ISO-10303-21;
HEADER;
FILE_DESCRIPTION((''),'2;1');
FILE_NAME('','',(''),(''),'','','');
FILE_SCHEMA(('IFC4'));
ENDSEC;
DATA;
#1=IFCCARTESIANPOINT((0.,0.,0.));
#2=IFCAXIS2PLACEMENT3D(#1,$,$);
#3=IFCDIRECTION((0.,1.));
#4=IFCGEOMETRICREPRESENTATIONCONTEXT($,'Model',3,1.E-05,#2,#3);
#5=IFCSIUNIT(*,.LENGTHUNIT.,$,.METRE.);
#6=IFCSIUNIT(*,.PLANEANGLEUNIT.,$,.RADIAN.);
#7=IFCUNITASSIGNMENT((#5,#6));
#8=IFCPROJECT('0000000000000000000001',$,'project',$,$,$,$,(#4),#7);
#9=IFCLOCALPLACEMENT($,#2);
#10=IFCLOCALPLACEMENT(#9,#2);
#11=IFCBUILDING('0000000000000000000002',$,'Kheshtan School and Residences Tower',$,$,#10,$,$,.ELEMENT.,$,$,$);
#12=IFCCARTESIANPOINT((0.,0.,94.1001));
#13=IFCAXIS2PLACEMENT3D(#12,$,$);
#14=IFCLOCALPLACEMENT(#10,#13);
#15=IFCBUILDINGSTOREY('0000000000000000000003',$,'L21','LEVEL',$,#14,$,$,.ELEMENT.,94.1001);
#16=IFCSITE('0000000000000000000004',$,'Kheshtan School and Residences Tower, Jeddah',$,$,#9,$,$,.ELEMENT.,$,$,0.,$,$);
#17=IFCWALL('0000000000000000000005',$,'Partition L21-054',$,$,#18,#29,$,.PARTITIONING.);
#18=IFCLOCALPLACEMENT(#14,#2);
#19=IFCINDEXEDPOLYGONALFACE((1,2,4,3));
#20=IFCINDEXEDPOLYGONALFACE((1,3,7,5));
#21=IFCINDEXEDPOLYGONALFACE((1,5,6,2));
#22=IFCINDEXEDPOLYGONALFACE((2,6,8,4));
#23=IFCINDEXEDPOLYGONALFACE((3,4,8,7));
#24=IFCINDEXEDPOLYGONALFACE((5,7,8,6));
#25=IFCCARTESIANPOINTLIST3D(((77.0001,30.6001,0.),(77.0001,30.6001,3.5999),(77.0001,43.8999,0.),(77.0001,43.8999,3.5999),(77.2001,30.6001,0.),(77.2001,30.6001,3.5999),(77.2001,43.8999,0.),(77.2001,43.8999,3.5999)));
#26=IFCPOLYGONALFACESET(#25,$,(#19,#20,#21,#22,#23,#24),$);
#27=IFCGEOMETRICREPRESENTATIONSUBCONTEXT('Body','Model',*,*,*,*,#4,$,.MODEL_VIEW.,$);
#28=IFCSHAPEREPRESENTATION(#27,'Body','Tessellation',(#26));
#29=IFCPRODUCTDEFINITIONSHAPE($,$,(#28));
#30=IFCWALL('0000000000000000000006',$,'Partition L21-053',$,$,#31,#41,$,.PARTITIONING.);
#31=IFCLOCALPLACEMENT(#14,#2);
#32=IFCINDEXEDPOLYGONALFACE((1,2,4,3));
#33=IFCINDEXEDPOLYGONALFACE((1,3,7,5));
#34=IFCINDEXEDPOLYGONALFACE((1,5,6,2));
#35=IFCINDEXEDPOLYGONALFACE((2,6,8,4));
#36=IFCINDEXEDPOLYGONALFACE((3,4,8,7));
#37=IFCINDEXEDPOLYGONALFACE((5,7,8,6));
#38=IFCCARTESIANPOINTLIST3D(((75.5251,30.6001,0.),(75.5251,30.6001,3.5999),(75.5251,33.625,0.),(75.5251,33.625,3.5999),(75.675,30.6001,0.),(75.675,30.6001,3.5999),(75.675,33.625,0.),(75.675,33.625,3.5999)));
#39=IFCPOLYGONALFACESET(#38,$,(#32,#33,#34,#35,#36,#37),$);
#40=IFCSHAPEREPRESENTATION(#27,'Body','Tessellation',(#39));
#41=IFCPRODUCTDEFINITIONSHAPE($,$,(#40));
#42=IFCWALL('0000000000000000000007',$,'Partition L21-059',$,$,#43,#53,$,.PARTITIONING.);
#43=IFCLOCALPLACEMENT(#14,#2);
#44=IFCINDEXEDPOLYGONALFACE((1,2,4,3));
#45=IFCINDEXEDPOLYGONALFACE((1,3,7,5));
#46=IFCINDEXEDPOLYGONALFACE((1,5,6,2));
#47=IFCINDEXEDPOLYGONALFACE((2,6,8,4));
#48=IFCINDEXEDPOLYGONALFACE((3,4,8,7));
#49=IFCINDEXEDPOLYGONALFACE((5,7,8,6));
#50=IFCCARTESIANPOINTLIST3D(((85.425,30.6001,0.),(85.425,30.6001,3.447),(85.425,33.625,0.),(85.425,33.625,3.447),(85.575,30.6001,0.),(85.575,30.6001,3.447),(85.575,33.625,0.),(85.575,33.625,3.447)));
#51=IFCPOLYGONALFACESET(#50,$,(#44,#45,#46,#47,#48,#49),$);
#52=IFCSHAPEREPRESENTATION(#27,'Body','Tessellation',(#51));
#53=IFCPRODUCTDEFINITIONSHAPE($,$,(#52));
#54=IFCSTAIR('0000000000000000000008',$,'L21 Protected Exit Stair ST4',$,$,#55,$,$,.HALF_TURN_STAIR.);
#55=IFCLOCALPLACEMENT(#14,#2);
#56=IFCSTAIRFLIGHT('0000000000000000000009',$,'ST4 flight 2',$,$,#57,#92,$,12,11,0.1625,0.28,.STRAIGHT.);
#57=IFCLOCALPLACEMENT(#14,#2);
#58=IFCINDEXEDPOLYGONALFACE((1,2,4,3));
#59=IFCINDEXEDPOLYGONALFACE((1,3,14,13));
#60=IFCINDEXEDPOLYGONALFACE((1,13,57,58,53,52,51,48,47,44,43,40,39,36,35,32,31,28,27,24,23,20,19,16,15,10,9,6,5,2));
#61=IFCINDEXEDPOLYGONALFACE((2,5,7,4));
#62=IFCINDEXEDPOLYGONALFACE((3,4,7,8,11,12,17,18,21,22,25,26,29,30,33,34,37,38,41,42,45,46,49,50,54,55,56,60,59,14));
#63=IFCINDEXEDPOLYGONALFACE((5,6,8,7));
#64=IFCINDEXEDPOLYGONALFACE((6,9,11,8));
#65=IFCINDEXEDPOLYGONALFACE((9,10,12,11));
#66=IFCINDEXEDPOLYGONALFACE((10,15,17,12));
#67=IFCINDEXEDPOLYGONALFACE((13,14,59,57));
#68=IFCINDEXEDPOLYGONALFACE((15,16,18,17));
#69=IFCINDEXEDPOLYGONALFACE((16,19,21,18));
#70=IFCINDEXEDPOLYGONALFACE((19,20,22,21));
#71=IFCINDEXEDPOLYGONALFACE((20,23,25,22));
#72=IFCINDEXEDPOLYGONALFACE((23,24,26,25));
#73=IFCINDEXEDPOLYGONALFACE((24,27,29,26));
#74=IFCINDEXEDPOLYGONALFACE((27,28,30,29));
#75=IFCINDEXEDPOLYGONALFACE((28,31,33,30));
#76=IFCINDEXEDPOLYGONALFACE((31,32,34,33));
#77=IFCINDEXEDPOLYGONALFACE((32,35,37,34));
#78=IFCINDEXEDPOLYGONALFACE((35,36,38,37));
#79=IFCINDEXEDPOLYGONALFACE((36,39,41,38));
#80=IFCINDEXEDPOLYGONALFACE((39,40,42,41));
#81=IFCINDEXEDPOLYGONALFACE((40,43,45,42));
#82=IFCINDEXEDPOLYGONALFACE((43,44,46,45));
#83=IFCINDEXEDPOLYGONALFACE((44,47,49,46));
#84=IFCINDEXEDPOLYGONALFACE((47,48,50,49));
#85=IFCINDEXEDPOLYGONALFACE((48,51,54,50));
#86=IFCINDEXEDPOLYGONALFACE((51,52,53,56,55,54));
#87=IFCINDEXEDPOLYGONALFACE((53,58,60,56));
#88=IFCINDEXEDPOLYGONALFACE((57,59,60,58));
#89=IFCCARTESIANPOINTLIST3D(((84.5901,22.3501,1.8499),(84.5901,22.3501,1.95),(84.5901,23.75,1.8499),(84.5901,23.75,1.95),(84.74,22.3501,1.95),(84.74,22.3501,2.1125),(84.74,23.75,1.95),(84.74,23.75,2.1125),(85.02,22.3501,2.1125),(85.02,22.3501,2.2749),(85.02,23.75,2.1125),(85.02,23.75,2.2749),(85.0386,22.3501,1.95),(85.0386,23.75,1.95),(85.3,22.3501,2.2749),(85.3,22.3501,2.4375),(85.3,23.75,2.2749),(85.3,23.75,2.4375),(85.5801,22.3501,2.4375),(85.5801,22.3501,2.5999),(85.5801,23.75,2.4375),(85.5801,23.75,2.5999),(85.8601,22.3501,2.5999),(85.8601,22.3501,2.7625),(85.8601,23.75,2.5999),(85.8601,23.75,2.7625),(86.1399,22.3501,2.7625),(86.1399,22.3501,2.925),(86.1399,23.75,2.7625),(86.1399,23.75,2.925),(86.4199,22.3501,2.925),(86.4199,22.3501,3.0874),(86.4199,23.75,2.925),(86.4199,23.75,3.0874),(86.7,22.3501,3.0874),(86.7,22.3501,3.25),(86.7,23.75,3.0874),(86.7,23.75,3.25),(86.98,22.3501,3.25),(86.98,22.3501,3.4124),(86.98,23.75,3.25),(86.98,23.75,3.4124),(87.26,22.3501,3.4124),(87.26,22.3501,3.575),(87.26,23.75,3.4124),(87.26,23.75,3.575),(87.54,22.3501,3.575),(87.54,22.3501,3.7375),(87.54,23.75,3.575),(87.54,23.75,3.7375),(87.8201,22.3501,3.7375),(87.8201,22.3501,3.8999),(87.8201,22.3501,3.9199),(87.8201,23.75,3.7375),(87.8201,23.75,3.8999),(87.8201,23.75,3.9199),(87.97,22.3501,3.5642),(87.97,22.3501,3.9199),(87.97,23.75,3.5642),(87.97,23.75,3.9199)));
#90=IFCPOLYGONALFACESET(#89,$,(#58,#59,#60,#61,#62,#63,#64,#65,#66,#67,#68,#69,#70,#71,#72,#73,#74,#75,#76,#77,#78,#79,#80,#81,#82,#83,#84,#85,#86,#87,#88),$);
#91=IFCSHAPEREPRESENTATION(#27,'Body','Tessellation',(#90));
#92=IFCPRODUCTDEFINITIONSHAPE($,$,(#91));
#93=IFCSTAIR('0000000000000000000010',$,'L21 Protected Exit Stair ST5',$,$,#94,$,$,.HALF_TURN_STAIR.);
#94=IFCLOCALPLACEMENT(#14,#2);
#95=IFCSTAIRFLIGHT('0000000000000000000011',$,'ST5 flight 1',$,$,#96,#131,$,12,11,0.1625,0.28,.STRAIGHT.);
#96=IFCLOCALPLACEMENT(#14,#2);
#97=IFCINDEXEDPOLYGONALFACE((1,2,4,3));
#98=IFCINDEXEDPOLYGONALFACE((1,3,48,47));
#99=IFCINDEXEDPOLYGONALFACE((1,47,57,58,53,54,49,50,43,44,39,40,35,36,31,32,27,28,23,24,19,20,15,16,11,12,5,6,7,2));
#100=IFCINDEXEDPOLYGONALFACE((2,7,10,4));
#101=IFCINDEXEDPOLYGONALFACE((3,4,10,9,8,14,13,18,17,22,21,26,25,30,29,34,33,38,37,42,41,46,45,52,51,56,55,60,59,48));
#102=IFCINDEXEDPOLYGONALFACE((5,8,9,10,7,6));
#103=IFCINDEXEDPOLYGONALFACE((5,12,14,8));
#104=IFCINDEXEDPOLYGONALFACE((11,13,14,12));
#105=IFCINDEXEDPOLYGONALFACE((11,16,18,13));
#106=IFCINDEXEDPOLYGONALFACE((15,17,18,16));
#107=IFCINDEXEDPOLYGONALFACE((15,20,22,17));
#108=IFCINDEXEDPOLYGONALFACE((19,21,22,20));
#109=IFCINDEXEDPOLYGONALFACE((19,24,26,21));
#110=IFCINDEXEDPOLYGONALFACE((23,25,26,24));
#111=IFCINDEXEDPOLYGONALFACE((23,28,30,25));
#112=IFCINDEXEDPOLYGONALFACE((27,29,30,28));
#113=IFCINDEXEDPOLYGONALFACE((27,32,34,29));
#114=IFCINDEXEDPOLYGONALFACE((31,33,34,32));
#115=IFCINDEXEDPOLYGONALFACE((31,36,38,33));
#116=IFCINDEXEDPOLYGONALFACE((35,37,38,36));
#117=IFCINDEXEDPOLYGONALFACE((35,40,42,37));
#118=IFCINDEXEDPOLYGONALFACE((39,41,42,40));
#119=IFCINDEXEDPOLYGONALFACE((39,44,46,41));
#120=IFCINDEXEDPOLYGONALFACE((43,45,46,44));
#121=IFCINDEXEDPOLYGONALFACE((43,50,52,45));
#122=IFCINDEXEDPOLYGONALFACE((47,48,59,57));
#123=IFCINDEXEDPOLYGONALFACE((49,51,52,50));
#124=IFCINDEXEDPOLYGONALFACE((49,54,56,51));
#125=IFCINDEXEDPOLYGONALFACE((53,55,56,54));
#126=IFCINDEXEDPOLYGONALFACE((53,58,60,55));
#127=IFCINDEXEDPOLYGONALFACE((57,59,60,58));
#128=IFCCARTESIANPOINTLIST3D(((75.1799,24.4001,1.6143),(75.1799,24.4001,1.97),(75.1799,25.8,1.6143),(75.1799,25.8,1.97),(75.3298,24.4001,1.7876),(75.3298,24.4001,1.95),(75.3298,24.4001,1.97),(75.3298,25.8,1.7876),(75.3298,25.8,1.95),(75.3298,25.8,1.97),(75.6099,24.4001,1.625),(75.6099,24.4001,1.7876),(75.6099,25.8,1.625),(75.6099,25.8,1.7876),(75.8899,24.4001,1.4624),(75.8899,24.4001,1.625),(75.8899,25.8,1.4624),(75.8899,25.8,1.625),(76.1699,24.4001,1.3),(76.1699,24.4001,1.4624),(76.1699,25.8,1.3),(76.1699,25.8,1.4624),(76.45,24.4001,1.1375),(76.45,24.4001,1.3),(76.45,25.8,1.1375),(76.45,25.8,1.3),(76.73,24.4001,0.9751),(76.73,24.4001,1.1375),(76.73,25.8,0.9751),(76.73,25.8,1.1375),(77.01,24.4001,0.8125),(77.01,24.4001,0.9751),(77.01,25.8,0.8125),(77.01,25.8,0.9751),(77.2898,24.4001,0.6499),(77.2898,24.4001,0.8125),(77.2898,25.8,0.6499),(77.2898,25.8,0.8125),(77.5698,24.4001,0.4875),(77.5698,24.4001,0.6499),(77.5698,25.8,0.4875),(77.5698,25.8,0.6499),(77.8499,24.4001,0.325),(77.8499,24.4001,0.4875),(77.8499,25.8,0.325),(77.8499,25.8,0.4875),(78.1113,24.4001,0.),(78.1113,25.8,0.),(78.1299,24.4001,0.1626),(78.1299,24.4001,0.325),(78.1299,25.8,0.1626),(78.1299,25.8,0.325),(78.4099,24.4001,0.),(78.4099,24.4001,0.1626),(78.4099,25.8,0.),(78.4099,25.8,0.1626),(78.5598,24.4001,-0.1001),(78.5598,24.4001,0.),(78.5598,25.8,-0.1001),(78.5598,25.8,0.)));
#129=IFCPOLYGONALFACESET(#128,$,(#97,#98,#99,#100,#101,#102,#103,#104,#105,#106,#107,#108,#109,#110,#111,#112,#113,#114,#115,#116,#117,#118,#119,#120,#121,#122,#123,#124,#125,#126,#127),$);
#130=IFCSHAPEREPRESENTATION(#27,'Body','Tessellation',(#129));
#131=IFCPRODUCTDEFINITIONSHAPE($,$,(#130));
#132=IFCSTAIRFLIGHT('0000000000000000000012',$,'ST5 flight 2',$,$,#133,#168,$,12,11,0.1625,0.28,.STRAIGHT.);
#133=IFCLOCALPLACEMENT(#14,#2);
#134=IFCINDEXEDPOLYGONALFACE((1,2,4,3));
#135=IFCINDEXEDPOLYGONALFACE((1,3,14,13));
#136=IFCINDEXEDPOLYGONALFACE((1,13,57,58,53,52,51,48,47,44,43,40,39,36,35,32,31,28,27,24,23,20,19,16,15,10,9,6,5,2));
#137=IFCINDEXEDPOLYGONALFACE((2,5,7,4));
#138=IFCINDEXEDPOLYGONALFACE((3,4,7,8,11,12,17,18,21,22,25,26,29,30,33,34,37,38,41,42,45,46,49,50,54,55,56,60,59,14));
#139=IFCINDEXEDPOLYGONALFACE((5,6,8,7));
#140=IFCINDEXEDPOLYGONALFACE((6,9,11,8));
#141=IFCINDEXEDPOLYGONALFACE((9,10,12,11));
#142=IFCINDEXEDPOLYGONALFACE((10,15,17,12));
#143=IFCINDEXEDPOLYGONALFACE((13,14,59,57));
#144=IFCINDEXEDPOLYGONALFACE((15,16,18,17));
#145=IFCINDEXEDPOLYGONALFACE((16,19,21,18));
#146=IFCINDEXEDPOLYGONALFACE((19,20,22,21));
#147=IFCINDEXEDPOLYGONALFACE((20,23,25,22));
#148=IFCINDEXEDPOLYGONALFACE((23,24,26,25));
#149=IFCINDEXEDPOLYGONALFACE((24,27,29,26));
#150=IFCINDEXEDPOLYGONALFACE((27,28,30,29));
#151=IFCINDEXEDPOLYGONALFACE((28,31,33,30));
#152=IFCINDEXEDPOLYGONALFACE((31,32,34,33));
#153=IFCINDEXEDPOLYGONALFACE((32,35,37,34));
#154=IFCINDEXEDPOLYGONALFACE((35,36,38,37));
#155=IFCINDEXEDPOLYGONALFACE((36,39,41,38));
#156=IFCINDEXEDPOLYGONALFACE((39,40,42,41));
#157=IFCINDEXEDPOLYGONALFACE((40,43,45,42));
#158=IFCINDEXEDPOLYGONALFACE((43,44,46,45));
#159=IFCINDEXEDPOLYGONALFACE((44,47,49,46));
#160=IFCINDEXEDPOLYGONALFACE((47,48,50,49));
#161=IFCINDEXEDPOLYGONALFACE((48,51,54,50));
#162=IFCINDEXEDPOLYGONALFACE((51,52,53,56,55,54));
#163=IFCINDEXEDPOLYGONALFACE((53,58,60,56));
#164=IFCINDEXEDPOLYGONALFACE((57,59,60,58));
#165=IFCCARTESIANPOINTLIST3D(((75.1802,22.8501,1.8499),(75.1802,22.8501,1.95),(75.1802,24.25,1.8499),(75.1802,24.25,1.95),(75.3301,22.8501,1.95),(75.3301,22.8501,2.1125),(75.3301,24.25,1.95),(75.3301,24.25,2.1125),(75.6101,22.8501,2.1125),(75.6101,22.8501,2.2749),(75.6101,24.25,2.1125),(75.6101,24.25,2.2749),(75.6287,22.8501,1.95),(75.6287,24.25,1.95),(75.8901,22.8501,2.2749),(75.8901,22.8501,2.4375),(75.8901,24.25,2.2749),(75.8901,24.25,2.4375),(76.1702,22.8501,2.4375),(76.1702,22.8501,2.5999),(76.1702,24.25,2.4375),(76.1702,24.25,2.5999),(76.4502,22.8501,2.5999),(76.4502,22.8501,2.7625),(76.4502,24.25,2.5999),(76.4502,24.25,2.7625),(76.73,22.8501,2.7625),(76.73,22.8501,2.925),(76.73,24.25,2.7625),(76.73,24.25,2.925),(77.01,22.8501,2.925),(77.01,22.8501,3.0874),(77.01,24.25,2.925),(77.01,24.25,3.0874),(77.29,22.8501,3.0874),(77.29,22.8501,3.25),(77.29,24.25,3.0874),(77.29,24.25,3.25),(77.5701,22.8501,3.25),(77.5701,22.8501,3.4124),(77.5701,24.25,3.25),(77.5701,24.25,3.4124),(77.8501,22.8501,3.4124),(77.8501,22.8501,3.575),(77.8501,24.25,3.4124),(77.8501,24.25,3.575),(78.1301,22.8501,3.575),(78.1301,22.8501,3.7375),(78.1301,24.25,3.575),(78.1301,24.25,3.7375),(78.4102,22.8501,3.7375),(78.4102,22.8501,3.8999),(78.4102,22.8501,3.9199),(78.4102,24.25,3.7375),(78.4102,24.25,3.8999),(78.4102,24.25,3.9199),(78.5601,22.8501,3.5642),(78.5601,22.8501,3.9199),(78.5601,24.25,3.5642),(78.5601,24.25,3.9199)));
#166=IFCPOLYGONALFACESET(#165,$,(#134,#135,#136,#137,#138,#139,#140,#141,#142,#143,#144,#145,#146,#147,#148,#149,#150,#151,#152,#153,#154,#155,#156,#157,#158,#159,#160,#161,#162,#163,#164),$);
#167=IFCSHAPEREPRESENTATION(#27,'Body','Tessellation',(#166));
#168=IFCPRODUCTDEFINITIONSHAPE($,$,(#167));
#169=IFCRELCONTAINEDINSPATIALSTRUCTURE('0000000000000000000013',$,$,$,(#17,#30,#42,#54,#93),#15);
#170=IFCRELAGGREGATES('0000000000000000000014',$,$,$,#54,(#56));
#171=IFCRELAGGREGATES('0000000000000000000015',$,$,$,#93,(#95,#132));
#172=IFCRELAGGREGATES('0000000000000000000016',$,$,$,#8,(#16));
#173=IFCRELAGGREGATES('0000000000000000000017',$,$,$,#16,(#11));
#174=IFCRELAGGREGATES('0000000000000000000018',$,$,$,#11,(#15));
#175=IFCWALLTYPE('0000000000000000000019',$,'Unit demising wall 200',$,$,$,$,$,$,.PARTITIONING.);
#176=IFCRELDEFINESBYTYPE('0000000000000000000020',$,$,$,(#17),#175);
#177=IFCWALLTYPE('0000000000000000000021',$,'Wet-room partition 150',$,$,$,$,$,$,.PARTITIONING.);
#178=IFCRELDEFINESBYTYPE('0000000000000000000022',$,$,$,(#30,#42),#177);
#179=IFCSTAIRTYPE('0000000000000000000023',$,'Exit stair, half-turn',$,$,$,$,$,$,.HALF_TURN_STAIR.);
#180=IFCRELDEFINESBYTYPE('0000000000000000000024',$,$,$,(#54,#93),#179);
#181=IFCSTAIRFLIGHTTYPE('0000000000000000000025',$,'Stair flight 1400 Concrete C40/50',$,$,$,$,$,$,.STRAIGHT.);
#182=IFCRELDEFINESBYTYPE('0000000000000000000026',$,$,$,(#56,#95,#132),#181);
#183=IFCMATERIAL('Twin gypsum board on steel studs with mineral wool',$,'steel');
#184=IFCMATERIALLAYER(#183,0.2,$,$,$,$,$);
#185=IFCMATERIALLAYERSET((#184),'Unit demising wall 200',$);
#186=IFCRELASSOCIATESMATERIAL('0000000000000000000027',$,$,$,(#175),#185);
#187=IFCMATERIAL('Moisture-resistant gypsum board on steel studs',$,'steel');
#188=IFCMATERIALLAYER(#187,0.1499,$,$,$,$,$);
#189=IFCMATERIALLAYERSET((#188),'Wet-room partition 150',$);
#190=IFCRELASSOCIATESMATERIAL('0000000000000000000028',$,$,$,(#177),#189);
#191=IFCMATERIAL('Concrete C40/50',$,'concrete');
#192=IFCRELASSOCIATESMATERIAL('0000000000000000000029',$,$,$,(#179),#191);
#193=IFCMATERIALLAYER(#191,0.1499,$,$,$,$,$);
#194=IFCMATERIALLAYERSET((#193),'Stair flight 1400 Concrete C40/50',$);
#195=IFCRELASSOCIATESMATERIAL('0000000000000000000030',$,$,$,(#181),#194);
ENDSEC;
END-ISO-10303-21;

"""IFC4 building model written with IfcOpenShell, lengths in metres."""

from ifc_helpers import new_model, si_unit, direction, frame, frame_2d, origin, place, context, subcontext, project, spatial, polyline, rectangle, outline, extrude, material, layer, layer_set, type_object, element, aggregate, save


model = new_model("IFC4")

# Units and contexts
model_context = context("Model", 3, precision=1e-05, world=origin(), true_north=direction((0.0, 1.0)))
body_context = subcontext(model_context, "Body", "Model", "MODEL_VIEW")
ifc_project = project(units=[si_unit("LENGTHUNIT", "METRE"), si_unit("PLANEANGLEUNIT", "RADIAN")], contexts=[model_context])

# Site, building, storey
site_placement = place(None, origin())
site = spatial("IfcSite", under=ifc_project, at=site_placement, Name="Kheshtan School and Residences Tower, Jeddah", CompositionType="ELEMENT", RefElevation=0.0)
building_placement = place(site_placement, origin())
building = spatial("IfcBuilding", under=site, at=building_placement, Name="Kheshtan School and Residences Tower", CompositionType="ELEMENT")
storey_placement = place(building_placement, frame((0.0, 0.0, 94.1001)))
storey = spatial("IfcBuildingStorey", under=building, at=storey_placement, Name="L21", Description="LEVEL", CompositionType="ELEMENT", Elevation=94.1001)

# Shared definitions
ifc_material_1 = material(Name="Concrete C40/50", Category="concrete")

# Walls
ifc_material_2 = material(Name="Twin gypsum board on steel studs with mineral wool", Category="steel")
ifc_layer_1 = layer(ifc_material_2, 0.2)
ifc_layer_set_1 = layer_set([ifc_layer_1], Name="Unit demising wall 200")
wall_type_1 = type_object("IfcWallType", Name="Unit demising wall 200", PredefinedType="PARTITIONING", material=ifc_layer_set_1)
wall_1_placement = place(storey_placement, frame((77.1001, 30.6001, 0.0), z_axis=(0.0, 0.0, 1.0), x_axis=(0.0, 1.0, 0.0)))
element("IfcWall", 1, at=wall_1_placement, inside=storey, type_object=wall_type_1, Name="Partition L21-054", PredefinedType="PARTITIONING", context=body_context, shape_type="SweptSolid", body=[
    extrude(rectangle(XDim=13.2998, YDim=0.2, at=frame_2d((6.6499, 0.0))), origin(), (0.0, 0.0, 1.0), 3.5999),
])
ifc_material_3 = material(Name="Moisture-resistant gypsum board on steel studs", Category="steel")
ifc_layer_2 = layer(ifc_material_3, 0.1499)
ifc_layer_set_2 = layer_set([ifc_layer_2], Name="Wet-room partition 150")
wall_type_2 = type_object("IfcWallType", Name="Wet-room partition 150", PredefinedType="PARTITIONING", material=ifc_layer_set_2)
wall_2_placement = place(storey_placement, frame((75.6001, 30.6001, 0.0), z_axis=(0.0, 0.0, 1.0), x_axis=(0.0, 1.0, 0.0)))
element("IfcWall", 2, at=wall_2_placement, inside=storey, type_object=wall_type_2, Name="Partition L21-053", PredefinedType="PARTITIONING", context=body_context, shape_type="SweptSolid", body=[
    extrude(rectangle(XDim=3.0249, YDim=0.1499, at=frame_2d((1.5125, 0.0))), origin(), (0.0, 0.0, 1.0), 3.5999),
])
wall_3_placement = place(storey_placement, frame((85.5, 30.6001, 0.0), z_axis=(0.0, 0.0, 1.0), x_axis=(0.0, 1.0, 0.0)))
element("IfcWall", 3, at=wall_3_placement, inside=storey, type_object=wall_type_2, Name="Partition L21-059", PredefinedType="PARTITIONING", context=body_context, shape_type="SweptSolid", body=[
    extrude(rectangle(XDim=3.0249, YDim=0.1499, at=frame_2d((1.5125, 0.0))), origin(), (0.0, 0.0, 1.0), 3.447),
])

# Stair, stair flight
stair_type = type_object("IfcStairType", Name="Exit stair, half-turn", PredefinedType="HALF_TURN_STAIR", material=ifc_material_1)
stair_1_placement = place(storey_placement, origin())
stair_1 = element("IfcStair", 4, at=stair_1_placement, inside=storey, type_object=stair_type, Name="L21 Protected Exit Stair ST4", PredefinedType="HALF_TURN_STAIR")
ifc_layer_3 = layer(ifc_material_1, 0.1499)
ifc_layer_set_3 = layer_set([ifc_layer_3], Name="Stair flight 1400 Concrete C40/50")
stair_flight_type = type_object("IfcStairFlightType", Name="Stair flight 1400 Concrete C40/50", PredefinedType="STRAIGHT", material=ifc_layer_set_3)
stair_flight_1_placement = place(storey_placement, frame((84.74, 23.05, 1.95), z_axis=(0.0, 0.0, 1.0), x_axis=(1.0, 0.0, 0.0)))
stair_flight_1 = element("IfcStairFlight", 5, at=stair_flight_1_placement, type_object=stair_flight_type, Name="ST4 flight 2", NumberOfRisers=12, NumberOfTreads=11, PredefinedType="STRAIGHT", RiserHeight=0.1625, TreadLength=0.28, context=body_context, shape_type="SweptSolid", body=[
    extrude(outline(polyline([(-0.1499, -0.1001), (-0.1499, 0.0), (0.0, 0.0), (0.0, 0.1626), (0.28, 0.1626), (0.28, 0.325), (0.5601, 0.325), (0.5601, 0.4875), (0.8401, 0.4875), (0.8401, 0.6499), (1.1201, 0.6499), (1.1201, 0.8125), (1.3999, 0.8125), (1.3999, 0.9751), (1.6799, 0.9751), (1.6799, 1.1375), (1.96, 1.1375), (1.96, 1.3), (2.24, 1.3), (2.24, 1.4624), (2.52, 1.4624), (2.52, 1.625), (2.8, 1.625), (2.8, 1.7876), (3.0801, 1.7876), (3.0801, 1.95), (3.0801, 1.97), (3.23, 1.97), (3.23, 1.6143), (0.2986, 0.0), (-0.1499, -0.1001)])), frame((0.0, 0.7, 0.0), z_axis=(0.0, -1.0, 0.0), x_axis=(1.0, 0.0, 0.0)), (0.0, 0.0, 1.0), 1.3999),
])
aggregate(stair_1, [stair_flight_1])

# Stair, stair flights
stair_2_placement = place(storey_placement, origin())
stair_2 = element("IfcStair", 6, at=stair_2_placement, inside=storey, type_object=stair_type, Name="L21 Protected Exit Stair ST5", PredefinedType="HALF_TURN_STAIR")
stair_flight_2_placement = place(storey_placement, frame((78.4099, 25.1001, 0.0), z_axis=(0.0, 0.0, 1.0), x_axis=(-1.0, 0.0, 0.0)))
stair_flight_2 = element("IfcStairFlight", 7, at=stair_flight_2_placement, type_object=stair_flight_type, Name="ST5 flight 1", NumberOfRisers=12, NumberOfTreads=11, PredefinedType="STRAIGHT", RiserHeight=0.1625, TreadLength=0.28, context=body_context, shape_type="SweptSolid", body=[
    extrude(outline(polyline([(-0.1499, -0.1001), (-0.1499, 0.0), (0.0, 0.0), (0.0, 0.1626), (0.28, 0.1626), (0.28, 0.325), (0.5601, 0.325), (0.5601, 0.4875), (0.8401, 0.4875), (0.8401, 0.6499), (1.1201, 0.6499), (1.1201, 0.8125), (1.3999, 0.8125), (1.3999, 0.9751), (1.6799, 0.9751), (1.6799, 1.1375), (1.96, 1.1375), (1.96, 1.3), (2.24, 1.3), (2.24, 1.4624), (2.52, 1.4624), (2.52, 1.625), (2.8, 1.625), (2.8, 1.7876), (3.0801, 1.7876), (3.0801, 1.95), (3.0801, 1.97), (3.23, 1.97), (3.23, 1.6143), (0.2986, 0.0), (-0.1499, -0.1001)])), frame((0.0, 0.7, 0.0), z_axis=(0.0, -1.0, 0.0), x_axis=(1.0, 0.0, 0.0)), (0.0, 0.0, 1.0), 1.3999),
])
stair_flight_3_placement = place(storey_placement, frame((75.3301, 23.55, 1.95), z_axis=(0.0, 0.0, 1.0), x_axis=(1.0, 0.0, 0.0)))
stair_flight_3 = element("IfcStairFlight", 8, at=stair_flight_3_placement, type_object=stair_flight_type, Name="ST5 flight 2", NumberOfRisers=12, NumberOfTreads=11, PredefinedType="STRAIGHT", RiserHeight=0.1625, TreadLength=0.28, context=body_context, shape_type="SweptSolid", body=[
    extrude(outline(polyline([(-0.1499, -0.1001), (-0.1499, 0.0), (0.0, 0.0), (0.0, 0.1626), (0.28, 0.1626), (0.28, 0.325), (0.5601, 0.325), (0.5601, 0.4875), (0.8401, 0.4875), (0.8401, 0.6499), (1.1201, 0.6499), (1.1201, 0.8125), (1.3999, 0.8125), (1.3999, 0.9751), (1.6799, 0.9751), (1.6799, 1.1375), (1.96, 1.1375), (1.96, 1.3), (2.24, 1.3), (2.24, 1.4624), (2.52, 1.4624), (2.52, 1.625), (2.8, 1.625), (2.8, 1.7876), (3.0801, 1.7876), (3.0801, 1.95), (3.0801, 1.97), (3.23, 1.97), (3.23, 1.6143), (0.2986, 0.0), (-0.1499, -0.1001)])), frame((0.0, 0.7, 0.0), z_axis=(0.0, -1.0, 0.0), x_axis=(1.0, 0.0, 0.0)), (0.0, 0.0, 1.0), 1.3999),
])
aggregate(stair_2, [stair_flight_2, stair_flight_3])

save(model, "model.ifc")
